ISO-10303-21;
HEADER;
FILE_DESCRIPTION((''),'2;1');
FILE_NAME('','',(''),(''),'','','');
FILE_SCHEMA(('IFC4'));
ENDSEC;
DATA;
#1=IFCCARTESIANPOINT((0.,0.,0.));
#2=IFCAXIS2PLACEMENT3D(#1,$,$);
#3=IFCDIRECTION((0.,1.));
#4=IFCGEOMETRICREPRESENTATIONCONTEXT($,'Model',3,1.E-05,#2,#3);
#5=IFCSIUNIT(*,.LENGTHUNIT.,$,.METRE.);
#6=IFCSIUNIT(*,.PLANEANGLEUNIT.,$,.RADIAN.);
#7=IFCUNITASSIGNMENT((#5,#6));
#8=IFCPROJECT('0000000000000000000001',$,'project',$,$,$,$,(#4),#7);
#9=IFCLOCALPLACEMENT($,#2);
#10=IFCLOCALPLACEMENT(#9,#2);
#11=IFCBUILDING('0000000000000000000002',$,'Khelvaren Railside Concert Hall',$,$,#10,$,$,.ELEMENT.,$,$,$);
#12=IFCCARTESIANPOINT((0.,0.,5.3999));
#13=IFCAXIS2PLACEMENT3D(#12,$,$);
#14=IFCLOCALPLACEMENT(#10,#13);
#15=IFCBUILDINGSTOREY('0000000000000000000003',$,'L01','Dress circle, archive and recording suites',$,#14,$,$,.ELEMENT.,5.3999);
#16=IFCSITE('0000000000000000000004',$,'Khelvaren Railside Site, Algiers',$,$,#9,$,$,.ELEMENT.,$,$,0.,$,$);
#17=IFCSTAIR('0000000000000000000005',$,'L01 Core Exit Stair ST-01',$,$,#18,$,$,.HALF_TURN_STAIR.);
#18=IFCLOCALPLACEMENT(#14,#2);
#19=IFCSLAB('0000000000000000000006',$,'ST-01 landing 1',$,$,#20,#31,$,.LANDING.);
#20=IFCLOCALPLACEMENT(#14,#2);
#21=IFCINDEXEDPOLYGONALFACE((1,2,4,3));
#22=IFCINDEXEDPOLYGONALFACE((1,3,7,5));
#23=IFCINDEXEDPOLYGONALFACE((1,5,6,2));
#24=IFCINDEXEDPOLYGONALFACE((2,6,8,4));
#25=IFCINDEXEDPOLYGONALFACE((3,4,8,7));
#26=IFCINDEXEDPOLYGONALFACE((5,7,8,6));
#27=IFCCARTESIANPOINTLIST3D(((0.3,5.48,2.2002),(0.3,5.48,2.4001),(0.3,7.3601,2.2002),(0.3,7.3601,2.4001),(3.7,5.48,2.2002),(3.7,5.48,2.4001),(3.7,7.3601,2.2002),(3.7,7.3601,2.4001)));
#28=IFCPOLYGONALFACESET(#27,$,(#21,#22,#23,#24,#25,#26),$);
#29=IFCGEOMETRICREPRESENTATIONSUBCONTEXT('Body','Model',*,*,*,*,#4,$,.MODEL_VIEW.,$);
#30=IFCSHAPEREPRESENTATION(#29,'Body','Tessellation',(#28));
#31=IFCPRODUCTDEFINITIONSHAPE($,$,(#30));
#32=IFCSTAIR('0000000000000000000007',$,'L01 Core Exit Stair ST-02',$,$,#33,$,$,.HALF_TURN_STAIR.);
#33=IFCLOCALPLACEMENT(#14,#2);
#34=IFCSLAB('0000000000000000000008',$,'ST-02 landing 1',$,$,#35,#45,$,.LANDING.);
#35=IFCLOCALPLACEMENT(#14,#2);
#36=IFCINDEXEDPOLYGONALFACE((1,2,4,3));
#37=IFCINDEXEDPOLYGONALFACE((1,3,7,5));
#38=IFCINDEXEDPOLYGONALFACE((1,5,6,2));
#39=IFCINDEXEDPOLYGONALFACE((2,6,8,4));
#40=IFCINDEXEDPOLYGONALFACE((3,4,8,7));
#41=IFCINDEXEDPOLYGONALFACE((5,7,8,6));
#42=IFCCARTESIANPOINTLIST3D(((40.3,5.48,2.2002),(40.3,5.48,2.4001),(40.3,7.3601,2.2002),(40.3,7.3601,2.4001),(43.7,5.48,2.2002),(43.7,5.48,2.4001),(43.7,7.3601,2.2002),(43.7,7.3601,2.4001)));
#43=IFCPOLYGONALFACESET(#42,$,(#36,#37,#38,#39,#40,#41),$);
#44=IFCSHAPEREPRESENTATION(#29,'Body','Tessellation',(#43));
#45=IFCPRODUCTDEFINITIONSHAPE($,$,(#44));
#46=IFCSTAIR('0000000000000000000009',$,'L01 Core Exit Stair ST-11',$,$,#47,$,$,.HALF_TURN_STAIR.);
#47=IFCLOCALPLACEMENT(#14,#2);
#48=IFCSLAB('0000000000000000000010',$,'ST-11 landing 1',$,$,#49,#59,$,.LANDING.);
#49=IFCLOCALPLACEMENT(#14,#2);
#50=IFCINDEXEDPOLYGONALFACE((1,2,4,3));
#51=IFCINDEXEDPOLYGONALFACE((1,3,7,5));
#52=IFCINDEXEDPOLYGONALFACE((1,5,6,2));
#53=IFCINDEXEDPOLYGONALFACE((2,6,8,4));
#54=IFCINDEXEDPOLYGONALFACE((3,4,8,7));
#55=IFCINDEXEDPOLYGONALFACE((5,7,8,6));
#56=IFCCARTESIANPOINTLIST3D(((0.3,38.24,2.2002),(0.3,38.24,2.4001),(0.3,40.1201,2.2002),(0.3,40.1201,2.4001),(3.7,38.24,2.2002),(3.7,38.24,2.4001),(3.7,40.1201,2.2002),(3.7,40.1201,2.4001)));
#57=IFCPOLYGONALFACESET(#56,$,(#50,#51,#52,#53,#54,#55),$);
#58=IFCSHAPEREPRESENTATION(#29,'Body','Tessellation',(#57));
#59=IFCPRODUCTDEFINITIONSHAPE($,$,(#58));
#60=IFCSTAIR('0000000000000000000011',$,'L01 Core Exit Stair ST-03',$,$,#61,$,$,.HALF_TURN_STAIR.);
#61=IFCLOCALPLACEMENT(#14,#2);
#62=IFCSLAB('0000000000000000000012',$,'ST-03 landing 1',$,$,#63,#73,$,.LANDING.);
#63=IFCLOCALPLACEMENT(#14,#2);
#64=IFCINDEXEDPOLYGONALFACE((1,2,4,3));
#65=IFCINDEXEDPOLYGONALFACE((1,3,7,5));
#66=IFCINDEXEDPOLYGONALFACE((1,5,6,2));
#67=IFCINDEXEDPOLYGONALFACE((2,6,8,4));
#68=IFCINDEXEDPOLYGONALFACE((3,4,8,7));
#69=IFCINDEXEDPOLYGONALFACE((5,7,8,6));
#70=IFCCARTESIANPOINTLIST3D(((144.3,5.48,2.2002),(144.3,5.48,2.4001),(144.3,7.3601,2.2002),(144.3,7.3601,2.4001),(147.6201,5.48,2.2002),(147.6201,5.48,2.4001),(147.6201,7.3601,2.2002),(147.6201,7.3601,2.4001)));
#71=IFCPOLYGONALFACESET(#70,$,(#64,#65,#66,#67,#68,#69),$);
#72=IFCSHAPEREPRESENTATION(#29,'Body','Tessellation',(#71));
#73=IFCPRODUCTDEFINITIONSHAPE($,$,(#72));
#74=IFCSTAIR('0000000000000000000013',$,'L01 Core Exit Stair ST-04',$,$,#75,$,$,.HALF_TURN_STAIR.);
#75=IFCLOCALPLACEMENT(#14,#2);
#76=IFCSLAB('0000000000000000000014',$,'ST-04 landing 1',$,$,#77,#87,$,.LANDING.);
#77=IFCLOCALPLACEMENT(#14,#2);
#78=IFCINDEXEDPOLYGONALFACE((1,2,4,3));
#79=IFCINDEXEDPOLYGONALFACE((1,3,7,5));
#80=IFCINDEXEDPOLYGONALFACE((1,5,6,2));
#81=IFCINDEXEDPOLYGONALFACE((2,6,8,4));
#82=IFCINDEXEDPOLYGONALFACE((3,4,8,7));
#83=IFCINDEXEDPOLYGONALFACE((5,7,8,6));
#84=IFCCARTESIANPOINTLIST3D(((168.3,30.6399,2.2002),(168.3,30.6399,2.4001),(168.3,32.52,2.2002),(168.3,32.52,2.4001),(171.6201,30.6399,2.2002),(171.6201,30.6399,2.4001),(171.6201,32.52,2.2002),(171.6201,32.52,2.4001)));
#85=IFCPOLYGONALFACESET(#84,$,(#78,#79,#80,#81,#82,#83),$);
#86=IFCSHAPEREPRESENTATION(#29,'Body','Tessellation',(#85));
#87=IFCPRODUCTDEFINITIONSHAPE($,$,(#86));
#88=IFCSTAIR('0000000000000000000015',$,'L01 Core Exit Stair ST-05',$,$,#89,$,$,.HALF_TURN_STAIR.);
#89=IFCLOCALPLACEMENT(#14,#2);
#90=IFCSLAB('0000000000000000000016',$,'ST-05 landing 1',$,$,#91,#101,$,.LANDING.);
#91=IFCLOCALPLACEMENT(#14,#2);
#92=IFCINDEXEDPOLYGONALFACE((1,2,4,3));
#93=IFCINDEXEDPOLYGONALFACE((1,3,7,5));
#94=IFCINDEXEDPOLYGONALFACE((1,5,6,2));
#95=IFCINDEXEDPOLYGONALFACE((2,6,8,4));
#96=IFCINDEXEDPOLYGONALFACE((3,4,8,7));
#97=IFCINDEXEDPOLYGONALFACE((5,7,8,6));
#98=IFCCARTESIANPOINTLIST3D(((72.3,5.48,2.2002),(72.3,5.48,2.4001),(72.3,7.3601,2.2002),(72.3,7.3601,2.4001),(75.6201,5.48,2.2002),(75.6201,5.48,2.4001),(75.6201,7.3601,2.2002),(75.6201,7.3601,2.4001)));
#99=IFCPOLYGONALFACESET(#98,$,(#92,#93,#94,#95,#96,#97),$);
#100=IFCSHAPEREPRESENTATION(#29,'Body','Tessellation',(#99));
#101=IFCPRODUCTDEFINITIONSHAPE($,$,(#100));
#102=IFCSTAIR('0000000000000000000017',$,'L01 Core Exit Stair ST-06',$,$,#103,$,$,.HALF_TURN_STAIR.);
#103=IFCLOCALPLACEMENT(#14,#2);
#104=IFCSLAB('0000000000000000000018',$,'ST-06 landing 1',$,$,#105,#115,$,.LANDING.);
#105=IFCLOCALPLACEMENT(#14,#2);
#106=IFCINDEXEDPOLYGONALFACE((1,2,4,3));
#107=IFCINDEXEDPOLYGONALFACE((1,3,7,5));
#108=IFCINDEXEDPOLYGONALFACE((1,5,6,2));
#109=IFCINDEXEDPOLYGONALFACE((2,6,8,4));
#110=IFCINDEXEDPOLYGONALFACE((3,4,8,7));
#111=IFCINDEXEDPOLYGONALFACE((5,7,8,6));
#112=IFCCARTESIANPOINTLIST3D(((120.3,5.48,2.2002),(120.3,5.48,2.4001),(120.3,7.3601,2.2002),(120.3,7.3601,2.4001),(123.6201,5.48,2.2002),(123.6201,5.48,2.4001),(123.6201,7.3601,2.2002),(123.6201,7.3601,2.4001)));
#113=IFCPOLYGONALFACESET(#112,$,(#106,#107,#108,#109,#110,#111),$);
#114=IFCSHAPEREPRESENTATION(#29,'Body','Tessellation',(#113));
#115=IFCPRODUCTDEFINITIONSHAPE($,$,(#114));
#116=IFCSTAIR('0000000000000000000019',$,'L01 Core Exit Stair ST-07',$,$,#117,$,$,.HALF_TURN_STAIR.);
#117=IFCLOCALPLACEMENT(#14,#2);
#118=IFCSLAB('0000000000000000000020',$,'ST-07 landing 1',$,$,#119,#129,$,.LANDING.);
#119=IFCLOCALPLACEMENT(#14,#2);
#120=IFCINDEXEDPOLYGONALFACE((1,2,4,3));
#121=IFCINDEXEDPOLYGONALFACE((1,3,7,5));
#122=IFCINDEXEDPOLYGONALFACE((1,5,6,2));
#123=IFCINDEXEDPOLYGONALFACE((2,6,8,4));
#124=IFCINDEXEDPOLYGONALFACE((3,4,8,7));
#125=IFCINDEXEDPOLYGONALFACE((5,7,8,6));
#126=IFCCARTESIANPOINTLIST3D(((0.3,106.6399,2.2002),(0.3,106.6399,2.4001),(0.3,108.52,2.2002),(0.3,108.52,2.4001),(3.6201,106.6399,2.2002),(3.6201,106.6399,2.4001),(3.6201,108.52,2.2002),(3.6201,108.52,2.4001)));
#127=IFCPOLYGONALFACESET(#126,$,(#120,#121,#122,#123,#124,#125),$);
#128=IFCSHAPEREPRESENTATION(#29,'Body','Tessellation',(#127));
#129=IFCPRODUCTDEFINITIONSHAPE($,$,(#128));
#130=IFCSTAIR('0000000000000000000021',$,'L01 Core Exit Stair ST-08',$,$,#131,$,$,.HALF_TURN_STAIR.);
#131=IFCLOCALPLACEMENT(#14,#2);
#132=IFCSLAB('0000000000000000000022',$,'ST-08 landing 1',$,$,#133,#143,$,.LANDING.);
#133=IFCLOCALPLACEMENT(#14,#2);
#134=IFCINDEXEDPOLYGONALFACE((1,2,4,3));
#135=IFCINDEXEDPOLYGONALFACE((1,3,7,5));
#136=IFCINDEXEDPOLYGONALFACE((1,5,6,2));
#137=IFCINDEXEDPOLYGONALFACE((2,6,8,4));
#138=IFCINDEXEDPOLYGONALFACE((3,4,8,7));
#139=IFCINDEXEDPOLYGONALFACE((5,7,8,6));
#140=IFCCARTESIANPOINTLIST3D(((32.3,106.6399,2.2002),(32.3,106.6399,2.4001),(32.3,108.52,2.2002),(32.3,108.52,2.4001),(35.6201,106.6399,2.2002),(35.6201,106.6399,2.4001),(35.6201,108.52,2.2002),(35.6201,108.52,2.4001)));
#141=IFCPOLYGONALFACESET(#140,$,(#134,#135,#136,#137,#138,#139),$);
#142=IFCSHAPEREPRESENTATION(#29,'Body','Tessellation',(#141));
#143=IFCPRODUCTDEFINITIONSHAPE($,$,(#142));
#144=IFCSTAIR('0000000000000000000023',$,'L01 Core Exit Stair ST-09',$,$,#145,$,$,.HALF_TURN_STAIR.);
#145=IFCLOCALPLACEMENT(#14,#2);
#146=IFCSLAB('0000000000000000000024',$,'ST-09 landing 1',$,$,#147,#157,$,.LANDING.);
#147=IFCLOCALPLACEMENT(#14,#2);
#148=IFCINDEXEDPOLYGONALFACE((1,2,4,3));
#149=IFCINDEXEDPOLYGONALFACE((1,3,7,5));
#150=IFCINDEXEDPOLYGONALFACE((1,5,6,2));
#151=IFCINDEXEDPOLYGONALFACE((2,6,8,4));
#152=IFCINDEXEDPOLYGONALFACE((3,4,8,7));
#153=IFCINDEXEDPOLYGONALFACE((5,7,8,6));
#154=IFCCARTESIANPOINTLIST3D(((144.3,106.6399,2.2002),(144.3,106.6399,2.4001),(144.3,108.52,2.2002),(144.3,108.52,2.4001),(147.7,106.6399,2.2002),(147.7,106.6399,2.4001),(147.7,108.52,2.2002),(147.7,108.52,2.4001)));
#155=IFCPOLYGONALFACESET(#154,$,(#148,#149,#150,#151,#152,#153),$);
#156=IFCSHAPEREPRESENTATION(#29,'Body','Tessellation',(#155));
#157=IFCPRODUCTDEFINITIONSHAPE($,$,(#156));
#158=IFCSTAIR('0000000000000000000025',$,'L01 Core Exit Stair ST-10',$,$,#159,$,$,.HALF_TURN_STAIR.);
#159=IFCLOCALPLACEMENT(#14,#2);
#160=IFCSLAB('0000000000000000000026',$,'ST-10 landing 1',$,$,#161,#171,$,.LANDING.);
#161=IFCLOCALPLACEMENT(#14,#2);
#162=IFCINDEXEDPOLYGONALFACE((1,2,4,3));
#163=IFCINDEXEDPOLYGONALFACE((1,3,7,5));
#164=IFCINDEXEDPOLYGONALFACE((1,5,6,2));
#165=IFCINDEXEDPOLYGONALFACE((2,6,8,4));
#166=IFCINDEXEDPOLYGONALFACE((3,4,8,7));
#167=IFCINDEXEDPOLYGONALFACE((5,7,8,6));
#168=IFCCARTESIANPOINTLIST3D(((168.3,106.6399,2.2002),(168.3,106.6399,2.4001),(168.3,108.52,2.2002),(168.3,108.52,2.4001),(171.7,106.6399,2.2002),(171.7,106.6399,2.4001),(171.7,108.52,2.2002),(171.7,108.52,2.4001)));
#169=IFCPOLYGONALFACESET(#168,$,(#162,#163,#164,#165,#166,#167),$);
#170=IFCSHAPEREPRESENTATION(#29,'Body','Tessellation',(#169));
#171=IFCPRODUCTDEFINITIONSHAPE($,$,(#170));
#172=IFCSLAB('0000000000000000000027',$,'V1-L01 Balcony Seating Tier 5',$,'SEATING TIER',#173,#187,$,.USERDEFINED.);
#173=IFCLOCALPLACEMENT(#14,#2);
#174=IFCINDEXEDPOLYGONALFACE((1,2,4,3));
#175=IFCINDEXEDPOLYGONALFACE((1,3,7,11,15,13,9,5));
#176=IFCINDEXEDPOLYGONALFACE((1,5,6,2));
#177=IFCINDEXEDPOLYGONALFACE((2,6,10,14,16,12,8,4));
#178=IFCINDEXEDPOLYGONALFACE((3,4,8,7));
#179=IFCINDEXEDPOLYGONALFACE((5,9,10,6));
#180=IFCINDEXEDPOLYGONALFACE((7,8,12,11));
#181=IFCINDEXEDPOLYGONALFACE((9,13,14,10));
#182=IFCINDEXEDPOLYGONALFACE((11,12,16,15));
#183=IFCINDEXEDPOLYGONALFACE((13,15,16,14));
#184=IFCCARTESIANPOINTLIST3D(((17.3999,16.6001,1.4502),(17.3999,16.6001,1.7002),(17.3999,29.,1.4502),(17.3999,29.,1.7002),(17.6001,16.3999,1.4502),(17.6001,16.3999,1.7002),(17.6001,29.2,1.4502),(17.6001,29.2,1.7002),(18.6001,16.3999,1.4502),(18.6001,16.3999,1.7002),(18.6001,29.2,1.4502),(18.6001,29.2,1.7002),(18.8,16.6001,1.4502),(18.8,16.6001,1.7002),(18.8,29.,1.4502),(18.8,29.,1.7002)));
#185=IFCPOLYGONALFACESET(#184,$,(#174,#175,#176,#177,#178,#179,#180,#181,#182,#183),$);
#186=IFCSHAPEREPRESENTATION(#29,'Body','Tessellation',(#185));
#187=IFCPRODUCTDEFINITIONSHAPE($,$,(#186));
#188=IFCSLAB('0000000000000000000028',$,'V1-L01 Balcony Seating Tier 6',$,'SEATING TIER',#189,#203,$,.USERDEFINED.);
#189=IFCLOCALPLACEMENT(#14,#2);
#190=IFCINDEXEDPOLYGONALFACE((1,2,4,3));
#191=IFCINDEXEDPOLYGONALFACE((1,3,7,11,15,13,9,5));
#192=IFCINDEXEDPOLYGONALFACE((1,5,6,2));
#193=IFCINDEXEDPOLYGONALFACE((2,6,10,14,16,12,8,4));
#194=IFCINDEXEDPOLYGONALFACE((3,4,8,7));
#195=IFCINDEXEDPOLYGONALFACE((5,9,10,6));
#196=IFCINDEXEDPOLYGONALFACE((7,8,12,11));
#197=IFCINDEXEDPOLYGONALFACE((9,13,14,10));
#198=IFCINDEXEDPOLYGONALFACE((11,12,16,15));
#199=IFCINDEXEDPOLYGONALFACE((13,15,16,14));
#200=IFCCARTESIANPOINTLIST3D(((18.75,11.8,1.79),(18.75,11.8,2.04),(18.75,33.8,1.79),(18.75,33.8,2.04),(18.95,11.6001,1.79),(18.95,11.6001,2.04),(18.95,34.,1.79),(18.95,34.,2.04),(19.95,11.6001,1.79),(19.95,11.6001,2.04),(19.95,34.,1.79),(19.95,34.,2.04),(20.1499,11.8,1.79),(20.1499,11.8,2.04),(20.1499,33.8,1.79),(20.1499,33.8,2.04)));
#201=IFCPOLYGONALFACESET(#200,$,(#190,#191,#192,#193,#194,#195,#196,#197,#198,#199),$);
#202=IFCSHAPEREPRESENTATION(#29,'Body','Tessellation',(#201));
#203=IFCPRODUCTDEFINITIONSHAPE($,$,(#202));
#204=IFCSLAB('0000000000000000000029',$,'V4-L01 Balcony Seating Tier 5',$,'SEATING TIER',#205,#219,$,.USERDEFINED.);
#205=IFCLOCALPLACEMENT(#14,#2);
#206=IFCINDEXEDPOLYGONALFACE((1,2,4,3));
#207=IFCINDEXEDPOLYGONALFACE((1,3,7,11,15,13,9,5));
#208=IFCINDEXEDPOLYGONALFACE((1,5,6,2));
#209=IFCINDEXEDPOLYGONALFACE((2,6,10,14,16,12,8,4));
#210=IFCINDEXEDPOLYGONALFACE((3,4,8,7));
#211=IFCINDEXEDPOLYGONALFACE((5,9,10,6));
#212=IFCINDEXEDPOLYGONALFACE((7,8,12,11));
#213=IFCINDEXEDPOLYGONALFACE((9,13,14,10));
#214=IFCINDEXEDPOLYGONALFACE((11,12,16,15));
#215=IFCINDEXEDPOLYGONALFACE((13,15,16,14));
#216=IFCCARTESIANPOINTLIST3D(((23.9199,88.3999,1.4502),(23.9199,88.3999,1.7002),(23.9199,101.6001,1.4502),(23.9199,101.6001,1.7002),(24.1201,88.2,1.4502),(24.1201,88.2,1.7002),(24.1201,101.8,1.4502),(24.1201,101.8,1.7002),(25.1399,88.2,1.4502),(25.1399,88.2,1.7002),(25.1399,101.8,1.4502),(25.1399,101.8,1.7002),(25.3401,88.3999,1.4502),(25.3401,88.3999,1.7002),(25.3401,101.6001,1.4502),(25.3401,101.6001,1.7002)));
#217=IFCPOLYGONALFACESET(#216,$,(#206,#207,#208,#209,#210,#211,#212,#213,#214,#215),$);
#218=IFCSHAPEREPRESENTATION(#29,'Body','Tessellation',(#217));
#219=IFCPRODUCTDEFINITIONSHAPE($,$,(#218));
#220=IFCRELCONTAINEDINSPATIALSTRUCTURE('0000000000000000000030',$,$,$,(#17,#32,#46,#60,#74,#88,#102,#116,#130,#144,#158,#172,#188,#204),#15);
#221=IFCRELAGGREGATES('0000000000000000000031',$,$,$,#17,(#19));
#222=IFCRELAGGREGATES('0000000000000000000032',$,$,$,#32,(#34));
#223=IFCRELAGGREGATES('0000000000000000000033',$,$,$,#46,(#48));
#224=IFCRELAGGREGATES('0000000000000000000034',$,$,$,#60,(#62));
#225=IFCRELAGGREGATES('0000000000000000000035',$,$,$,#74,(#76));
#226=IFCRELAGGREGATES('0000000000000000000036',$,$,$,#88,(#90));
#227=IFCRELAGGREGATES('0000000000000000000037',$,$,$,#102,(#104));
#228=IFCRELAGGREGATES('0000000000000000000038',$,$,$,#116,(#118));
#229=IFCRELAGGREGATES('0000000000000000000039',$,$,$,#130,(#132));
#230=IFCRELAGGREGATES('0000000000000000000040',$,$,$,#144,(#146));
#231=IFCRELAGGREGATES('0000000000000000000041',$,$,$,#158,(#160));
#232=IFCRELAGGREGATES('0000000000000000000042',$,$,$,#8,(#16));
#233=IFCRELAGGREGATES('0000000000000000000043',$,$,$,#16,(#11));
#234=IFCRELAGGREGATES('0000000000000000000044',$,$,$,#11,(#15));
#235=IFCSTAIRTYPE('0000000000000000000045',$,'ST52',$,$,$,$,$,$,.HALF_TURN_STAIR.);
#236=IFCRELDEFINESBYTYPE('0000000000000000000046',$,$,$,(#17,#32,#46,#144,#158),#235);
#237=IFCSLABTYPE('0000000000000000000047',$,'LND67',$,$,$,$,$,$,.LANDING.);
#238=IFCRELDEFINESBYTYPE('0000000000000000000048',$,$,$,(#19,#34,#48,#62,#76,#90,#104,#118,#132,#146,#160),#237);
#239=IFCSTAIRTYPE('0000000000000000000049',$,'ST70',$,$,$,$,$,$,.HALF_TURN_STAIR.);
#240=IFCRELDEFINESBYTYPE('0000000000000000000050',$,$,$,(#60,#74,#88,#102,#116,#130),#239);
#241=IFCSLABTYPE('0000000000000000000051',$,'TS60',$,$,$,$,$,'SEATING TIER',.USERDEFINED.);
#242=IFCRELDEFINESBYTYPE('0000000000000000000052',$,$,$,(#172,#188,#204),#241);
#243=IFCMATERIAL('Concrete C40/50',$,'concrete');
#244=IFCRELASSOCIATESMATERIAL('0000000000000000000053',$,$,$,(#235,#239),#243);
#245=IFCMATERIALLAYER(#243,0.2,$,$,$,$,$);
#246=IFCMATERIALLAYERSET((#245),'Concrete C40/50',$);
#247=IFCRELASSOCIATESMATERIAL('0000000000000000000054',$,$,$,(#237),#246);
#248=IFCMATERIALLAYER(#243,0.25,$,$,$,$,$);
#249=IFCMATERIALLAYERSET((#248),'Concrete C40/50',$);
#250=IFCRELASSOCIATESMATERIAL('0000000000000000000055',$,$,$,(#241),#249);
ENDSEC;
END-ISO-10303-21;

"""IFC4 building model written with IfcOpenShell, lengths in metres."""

from ifc_helpers import new_model, si_unit, direction, frame, origin, place, context, subcontext, project, spatial, polyline, outline, extrude, material, layer, layer_set, type_object, element, aggregate, save


model = new_model("IFC4")

# Units and contexts
model_context = context("Model", 3, precision=1e-05, world=origin(), true_north=direction((0.0, 1.0)))
body_context = subcontext(model_context, "Body", "Model", "MODEL_VIEW")
ifc_project = project(units=[si_unit("LENGTHUNIT", "METRE"), si_unit("PLANEANGLEUNIT", "RADIAN")], contexts=[model_context])

# Site, building, storey
site_placement = place(None, origin())
site = spatial("IfcSite", under=ifc_project, at=site_placement, Name="Khelvaren Railside Site, Algiers", CompositionType="ELEMENT", RefElevation=0.0)
building_placement = place(site_placement, origin())
building = spatial("IfcBuilding", under=site, at=building_placement, Name="Khelvaren Railside Concert Hall", CompositionType="ELEMENT")
storey_placement = place(building_placement, frame((0.0, 0.0, 5.3999)))
storey = spatial("IfcBuildingStorey", under=building, at=storey_placement, Name="L01", Description="Dress circle, archive and recording suites", CompositionType="ELEMENT", Elevation=5.3999)

# Stairs, slabs
ifc_material_1 = material(Name="Concrete C40/50", Category="concrete")
stair_type_1 = type_object("IfcStairType", Name="ST52", PredefinedType="HALF_TURN_STAIR", material=ifc_material_1)
stair_1_placement = place(storey_placement, origin())
stair_1 = element("IfcStair", 1, at=stair_1_placement, inside=storey, type_object=stair_type_1, Name="L01 Core Exit Stair ST-01", PredefinedType="HALF_TURN_STAIR")
ifc_layer_1 = layer(ifc_material_1, 0.2)
ifc_layer_set_1 = layer_set([ifc_layer_1], Name="Concrete C40/50")
slab_type_1 = type_object("IfcSlabType", Name="LND67", PredefinedType="LANDING", material=ifc_layer_set_1)
slab_1_placement = place(storey_placement, frame((0.0, 0.0, 2.2002)))
slab_1 = element("IfcSlab", 2, at=slab_1_placement, type_object=slab_type_1, Name="ST-01 landing 1", PredefinedType="LANDING", context=body_context, shape_type="SweptSolid", body=[
    extrude(outline(polyline([(3.7, 5.48), (3.7, 7.3601), (0.3, 7.3601), (0.3, 5.48), (3.7, 5.48)])), origin(), (0.0, 0.0, 1.0), 0.2),
])
aggregate(stair_1, [slab_1])
stair_2_placement = place(storey_placement, origin())
stair_2 = element("IfcStair", 3, at=stair_2_placement, inside=storey, type_object=stair_type_1, Name="L01 Core Exit Stair ST-02", PredefinedType="HALF_TURN_STAIR")
slab_2_placement = place(storey_placement, frame((0.0, 0.0, 2.2002)))
slab_2 = element("IfcSlab", 4, at=slab_2_placement, type_object=slab_type_1, Name="ST-02 landing 1", PredefinedType="LANDING", context=body_context, shape_type="SweptSolid", body=[
    extrude(outline(polyline([(43.7, 5.48), (43.7, 7.3601), (40.3, 7.3601), (40.3, 5.48), (43.7, 5.48)])), origin(), (0.0, 0.0, 1.0), 0.2),
])
aggregate(stair_2, [slab_2])
stair_3_placement = place(storey_placement, origin())
stair_3 = element("IfcStair", 5, at=stair_3_placement, inside=storey, type_object=stair_type_1, Name="L01 Core Exit Stair ST-11", PredefinedType="HALF_TURN_STAIR")
slab_3_placement = place(storey_placement, frame((0.0, 0.0, 2.2002)))
slab_3 = element("IfcSlab", 6, at=slab_3_placement, type_object=slab_type_1, Name="ST-11 landing 1", PredefinedType="LANDING", context=body_context, shape_type="SweptSolid", body=[
    extrude(outline(polyline([(0.3, 40.1201), (0.3, 38.24), (3.7, 38.24), (3.7, 40.1201), (0.3, 40.1201)])), origin(), (0.0, 0.0, 1.0), 0.2),
])
aggregate(stair_3, [slab_3])
stair_type_2 = type_object("IfcStairType", Name="ST70", PredefinedType="HALF_TURN_STAIR", material=ifc_material_1)
stair_4_placement = place(storey_placement, origin())
stair_4 = element("IfcStair", 7, at=stair_4_placement, inside=storey, type_object=stair_type_2, Name="L01 Core Exit Stair ST-03", PredefinedType="HALF_TURN_STAIR")
slab_4_placement = place(storey_placement, frame((0.0, 0.0, 2.2002)))
slab_4 = element("IfcSlab", 8, at=slab_4_placement, type_object=slab_type_1, Name="ST-03 landing 1", PredefinedType="LANDING", context=body_context, shape_type="SweptSolid", body=[
    extrude(outline(polyline([(147.6201, 5.48), (147.6201, 7.3601), (144.3, 7.3601), (144.3, 5.48), (147.6201, 5.48)])), origin(), (0.0, 0.0, 1.0), 0.2),
])
aggregate(stair_4, [slab_4])
stair_5_placement = place(storey_placement, origin())
stair_5 = element("IfcStair", 9, at=stair_5_placement, inside=storey, type_object=stair_type_2, Name="L01 Core Exit Stair ST-04", PredefinedType="HALF_TURN_STAIR")
slab_5_placement = place(storey_placement, frame((0.0, 0.0, 2.2002)))
slab_5 = element("IfcSlab", 10, at=slab_5_placement, type_object=slab_type_1, Name="ST-04 landing 1", PredefinedType="LANDING", context=body_context, shape_type="SweptSolid", body=[
    extrude(outline(polyline([(168.3, 32.52), (168.3, 30.6399), (171.6201, 30.6399), (171.6201, 32.52), (168.3, 32.52)])), origin(), (0.0, 0.0, 1.0), 0.2),
])
aggregate(stair_5, [slab_5])
stair_6_placement = place(storey_placement, origin())
stair_6 = element("IfcStair", 11, at=stair_6_placement, inside=storey, type_object=stair_type_2, Name="L01 Core Exit Stair ST-05", PredefinedType="HALF_TURN_STAIR")
slab_6_placement = place(storey_placement, frame((0.0, 0.0, 2.2002)))
slab_6 = element("IfcSlab", 12, at=slab_6_placement, type_object=slab_type_1, Name="ST-05 landing 1", PredefinedType="LANDING", context=body_context, shape_type="SweptSolid", body=[
    extrude(outline(polyline([(75.6201, 5.48), (75.6201, 7.3601), (72.3, 7.3601), (72.3, 5.48), (75.6201, 5.48)])), origin(), (0.0, 0.0, 1.0), 0.2),
])
aggregate(stair_6, [slab_6])
stair_7_placement = place(storey_placement, origin())
stair_7 = element("IfcStair", 13, at=stair_7_placement, inside=storey, type_object=stair_type_2, Name="L01 Core Exit Stair ST-06", PredefinedType="HALF_TURN_STAIR")
slab_7_placement = place(storey_placement, frame((0.0, 0.0, 2.2002)))
slab_7 = element("IfcSlab", 14, at=slab_7_placement, type_object=slab_type_1, Name="ST-06 landing 1", PredefinedType="LANDING", context=body_context, shape_type="SweptSolid", body=[
    extrude(outline(polyline([(123.6201, 5.48), (123.6201, 7.3601), (120.3, 7.3601), (120.3, 5.48), (123.6201, 5.48)])), origin(), (0.0, 0.0, 1.0), 0.2),
])
aggregate(stair_7, [slab_7])
stair_8_placement = place(storey_placement, origin())
stair_8 = element("IfcStair", 15, at=stair_8_placement, inside=storey, type_object=stair_type_2, Name="L01 Core Exit Stair ST-07", PredefinedType="HALF_TURN_STAIR")
slab_8_placement = place(storey_placement, frame((0.0, 0.0, 2.2002)))
slab_8 = element("IfcSlab", 16, at=slab_8_placement, type_object=slab_type_1, Name="ST-07 landing 1", PredefinedType="LANDING", context=body_context, shape_type="SweptSolid", body=[
    extrude(outline(polyline([(0.3, 108.52), (0.3, 106.6399), (3.6201, 106.6399), (3.6201, 108.52), (0.3, 108.52)])), origin(), (0.0, 0.0, 1.0), 0.2),
])
aggregate(stair_8, [slab_8])
stair_9_placement = place(storey_placement, origin())
stair_9 = element("IfcStair", 17, at=stair_9_placement, inside=storey, type_object=stair_type_2, Name="L01 Core Exit Stair ST-08", PredefinedType="HALF_TURN_STAIR")
slab_9_placement = place(storey_placement, frame((0.0, 0.0, 2.2002)))
slab_9 = element("IfcSlab", 18, at=slab_9_placement, type_object=slab_type_1, Name="ST-08 landing 1", PredefinedType="LANDING", context=body_context, shape_type="SweptSolid", body=[
    extrude(outline(polyline([(32.3, 108.52), (32.3, 106.6399), (35.6201, 106.6399), (35.6201, 108.52), (32.3, 108.52)])), origin(), (0.0, 0.0, 1.0), 0.2),
])
aggregate(stair_9, [slab_9])
stair_10_placement = place(storey_placement, origin())
stair_10 = element("IfcStair", 19, at=stair_10_placement, inside=storey, type_object=stair_type_1, Name="L01 Core Exit Stair ST-09", PredefinedType="HALF_TURN_STAIR")
slab_10_placement = place(storey_placement, frame((0.0, 0.0, 2.2002)))
slab_10 = element("IfcSlab", 20, at=slab_10_placement, type_object=slab_type_1, Name="ST-09 landing 1", PredefinedType="LANDING", context=body_context, shape_type="SweptSolid", body=[
    extrude(outline(polyline([(144.3, 108.52), (144.3, 106.6399), (147.7, 106.6399), (147.7, 108.52), (144.3, 108.52)])), origin(), (0.0, 0.0, 1.0), 0.2),
])
aggregate(stair_10, [slab_10])
stair_11_placement = place(storey_placement, origin())
stair_11 = element("IfcStair", 21, at=stair_11_placement, inside=storey, type_object=stair_type_1, Name="L01 Core Exit Stair ST-10", PredefinedType="HALF_TURN_STAIR")
slab_11_placement = place(storey_placement, frame((0.0, 0.0, 2.2002)))
slab_11 = element("IfcSlab", 22, at=slab_11_placement, type_object=slab_type_1, Name="ST-10 landing 1", PredefinedType="LANDING", context=body_context, shape_type="SweptSolid", body=[
    extrude(outline(polyline([(168.3, 108.52), (168.3, 106.6399), (171.7, 106.6399), (171.7, 108.52), (168.3, 108.52)])), origin(), (0.0, 0.0, 1.0), 0.2),
])
aggregate(stair_11, [slab_11])

# Slabs
ifc_layer_2 = layer(ifc_material_1, 0.25)
ifc_layer_set_2 = layer_set([ifc_layer_2], Name="Concrete C40/50")
slab_type_2 = type_object("IfcSlabType", Name="TS60", ElementType="SEATING TIER", PredefinedType="USERDEFINED", material=ifc_layer_set_2)
slab_12_placement = place(storey_placement, frame((0.0, 0.0, 1.4502)))
element("IfcSlab", 23, at=slab_12_placement, inside=storey, type_object=slab_type_2, Name="V1-L01 Balcony Seating Tier 5", ObjectType="SEATING TIER", PredefinedType="USERDEFINED", context=body_context, shape_type="SweptSolid", body=[
    extrude(outline(polyline([(17.6001, 16.3999), (18.6001, 16.3999), (18.8, 16.6001), (18.8, 29.0), (18.6001, 29.2), (17.6001, 29.2), (17.3999, 29.0), (17.3999, 16.6001), (17.6001, 16.3999)])), origin(), (0.0, 0.0, 1.0), 0.25),
])
slab_13_placement = place(storey_placement, frame((0.0, 0.0, 1.79)))
element("IfcSlab", 24, at=slab_13_placement, inside=storey, type_object=slab_type_2, Name="V1-L01 Balcony Seating Tier 6", ObjectType="SEATING TIER", PredefinedType="USERDEFINED", context=body_context, shape_type="SweptSolid", body=[
    extrude(outline(polyline([(18.95, 11.6001), (19.95, 11.6001), (20.1499, 11.8), (20.1499, 33.8), (19.95, 34.0), (18.95, 34.0), (18.75, 33.8), (18.75, 11.8), (18.95, 11.6001)])), origin(), (0.0, 0.0, 1.0), 0.25),
])
slab_14_placement = place(storey_placement, frame((0.0, 0.0, 1.4502)))
element("IfcSlab", 25, at=slab_14_placement, inside=storey, type_object=slab_type_2, Name="V4-L01 Balcony Seating Tier 5", ObjectType="SEATING TIER", PredefinedType="USERDEFINED", context=body_context, shape_type="SweptSolid", body=[
    extrude(outline(polyline([(24.1201, 88.2), (25.1399, 88.2), (25.3401, 88.3999), (25.3401, 101.6001), (25.1399, 101.8), (24.1201, 101.8), (23.9199, 101.6001), (23.9199, 88.3999), (24.1201, 88.2)])), origin(), (0.0, 0.0, 1.0), 0.25),
])

save(model, "model.ifc")
